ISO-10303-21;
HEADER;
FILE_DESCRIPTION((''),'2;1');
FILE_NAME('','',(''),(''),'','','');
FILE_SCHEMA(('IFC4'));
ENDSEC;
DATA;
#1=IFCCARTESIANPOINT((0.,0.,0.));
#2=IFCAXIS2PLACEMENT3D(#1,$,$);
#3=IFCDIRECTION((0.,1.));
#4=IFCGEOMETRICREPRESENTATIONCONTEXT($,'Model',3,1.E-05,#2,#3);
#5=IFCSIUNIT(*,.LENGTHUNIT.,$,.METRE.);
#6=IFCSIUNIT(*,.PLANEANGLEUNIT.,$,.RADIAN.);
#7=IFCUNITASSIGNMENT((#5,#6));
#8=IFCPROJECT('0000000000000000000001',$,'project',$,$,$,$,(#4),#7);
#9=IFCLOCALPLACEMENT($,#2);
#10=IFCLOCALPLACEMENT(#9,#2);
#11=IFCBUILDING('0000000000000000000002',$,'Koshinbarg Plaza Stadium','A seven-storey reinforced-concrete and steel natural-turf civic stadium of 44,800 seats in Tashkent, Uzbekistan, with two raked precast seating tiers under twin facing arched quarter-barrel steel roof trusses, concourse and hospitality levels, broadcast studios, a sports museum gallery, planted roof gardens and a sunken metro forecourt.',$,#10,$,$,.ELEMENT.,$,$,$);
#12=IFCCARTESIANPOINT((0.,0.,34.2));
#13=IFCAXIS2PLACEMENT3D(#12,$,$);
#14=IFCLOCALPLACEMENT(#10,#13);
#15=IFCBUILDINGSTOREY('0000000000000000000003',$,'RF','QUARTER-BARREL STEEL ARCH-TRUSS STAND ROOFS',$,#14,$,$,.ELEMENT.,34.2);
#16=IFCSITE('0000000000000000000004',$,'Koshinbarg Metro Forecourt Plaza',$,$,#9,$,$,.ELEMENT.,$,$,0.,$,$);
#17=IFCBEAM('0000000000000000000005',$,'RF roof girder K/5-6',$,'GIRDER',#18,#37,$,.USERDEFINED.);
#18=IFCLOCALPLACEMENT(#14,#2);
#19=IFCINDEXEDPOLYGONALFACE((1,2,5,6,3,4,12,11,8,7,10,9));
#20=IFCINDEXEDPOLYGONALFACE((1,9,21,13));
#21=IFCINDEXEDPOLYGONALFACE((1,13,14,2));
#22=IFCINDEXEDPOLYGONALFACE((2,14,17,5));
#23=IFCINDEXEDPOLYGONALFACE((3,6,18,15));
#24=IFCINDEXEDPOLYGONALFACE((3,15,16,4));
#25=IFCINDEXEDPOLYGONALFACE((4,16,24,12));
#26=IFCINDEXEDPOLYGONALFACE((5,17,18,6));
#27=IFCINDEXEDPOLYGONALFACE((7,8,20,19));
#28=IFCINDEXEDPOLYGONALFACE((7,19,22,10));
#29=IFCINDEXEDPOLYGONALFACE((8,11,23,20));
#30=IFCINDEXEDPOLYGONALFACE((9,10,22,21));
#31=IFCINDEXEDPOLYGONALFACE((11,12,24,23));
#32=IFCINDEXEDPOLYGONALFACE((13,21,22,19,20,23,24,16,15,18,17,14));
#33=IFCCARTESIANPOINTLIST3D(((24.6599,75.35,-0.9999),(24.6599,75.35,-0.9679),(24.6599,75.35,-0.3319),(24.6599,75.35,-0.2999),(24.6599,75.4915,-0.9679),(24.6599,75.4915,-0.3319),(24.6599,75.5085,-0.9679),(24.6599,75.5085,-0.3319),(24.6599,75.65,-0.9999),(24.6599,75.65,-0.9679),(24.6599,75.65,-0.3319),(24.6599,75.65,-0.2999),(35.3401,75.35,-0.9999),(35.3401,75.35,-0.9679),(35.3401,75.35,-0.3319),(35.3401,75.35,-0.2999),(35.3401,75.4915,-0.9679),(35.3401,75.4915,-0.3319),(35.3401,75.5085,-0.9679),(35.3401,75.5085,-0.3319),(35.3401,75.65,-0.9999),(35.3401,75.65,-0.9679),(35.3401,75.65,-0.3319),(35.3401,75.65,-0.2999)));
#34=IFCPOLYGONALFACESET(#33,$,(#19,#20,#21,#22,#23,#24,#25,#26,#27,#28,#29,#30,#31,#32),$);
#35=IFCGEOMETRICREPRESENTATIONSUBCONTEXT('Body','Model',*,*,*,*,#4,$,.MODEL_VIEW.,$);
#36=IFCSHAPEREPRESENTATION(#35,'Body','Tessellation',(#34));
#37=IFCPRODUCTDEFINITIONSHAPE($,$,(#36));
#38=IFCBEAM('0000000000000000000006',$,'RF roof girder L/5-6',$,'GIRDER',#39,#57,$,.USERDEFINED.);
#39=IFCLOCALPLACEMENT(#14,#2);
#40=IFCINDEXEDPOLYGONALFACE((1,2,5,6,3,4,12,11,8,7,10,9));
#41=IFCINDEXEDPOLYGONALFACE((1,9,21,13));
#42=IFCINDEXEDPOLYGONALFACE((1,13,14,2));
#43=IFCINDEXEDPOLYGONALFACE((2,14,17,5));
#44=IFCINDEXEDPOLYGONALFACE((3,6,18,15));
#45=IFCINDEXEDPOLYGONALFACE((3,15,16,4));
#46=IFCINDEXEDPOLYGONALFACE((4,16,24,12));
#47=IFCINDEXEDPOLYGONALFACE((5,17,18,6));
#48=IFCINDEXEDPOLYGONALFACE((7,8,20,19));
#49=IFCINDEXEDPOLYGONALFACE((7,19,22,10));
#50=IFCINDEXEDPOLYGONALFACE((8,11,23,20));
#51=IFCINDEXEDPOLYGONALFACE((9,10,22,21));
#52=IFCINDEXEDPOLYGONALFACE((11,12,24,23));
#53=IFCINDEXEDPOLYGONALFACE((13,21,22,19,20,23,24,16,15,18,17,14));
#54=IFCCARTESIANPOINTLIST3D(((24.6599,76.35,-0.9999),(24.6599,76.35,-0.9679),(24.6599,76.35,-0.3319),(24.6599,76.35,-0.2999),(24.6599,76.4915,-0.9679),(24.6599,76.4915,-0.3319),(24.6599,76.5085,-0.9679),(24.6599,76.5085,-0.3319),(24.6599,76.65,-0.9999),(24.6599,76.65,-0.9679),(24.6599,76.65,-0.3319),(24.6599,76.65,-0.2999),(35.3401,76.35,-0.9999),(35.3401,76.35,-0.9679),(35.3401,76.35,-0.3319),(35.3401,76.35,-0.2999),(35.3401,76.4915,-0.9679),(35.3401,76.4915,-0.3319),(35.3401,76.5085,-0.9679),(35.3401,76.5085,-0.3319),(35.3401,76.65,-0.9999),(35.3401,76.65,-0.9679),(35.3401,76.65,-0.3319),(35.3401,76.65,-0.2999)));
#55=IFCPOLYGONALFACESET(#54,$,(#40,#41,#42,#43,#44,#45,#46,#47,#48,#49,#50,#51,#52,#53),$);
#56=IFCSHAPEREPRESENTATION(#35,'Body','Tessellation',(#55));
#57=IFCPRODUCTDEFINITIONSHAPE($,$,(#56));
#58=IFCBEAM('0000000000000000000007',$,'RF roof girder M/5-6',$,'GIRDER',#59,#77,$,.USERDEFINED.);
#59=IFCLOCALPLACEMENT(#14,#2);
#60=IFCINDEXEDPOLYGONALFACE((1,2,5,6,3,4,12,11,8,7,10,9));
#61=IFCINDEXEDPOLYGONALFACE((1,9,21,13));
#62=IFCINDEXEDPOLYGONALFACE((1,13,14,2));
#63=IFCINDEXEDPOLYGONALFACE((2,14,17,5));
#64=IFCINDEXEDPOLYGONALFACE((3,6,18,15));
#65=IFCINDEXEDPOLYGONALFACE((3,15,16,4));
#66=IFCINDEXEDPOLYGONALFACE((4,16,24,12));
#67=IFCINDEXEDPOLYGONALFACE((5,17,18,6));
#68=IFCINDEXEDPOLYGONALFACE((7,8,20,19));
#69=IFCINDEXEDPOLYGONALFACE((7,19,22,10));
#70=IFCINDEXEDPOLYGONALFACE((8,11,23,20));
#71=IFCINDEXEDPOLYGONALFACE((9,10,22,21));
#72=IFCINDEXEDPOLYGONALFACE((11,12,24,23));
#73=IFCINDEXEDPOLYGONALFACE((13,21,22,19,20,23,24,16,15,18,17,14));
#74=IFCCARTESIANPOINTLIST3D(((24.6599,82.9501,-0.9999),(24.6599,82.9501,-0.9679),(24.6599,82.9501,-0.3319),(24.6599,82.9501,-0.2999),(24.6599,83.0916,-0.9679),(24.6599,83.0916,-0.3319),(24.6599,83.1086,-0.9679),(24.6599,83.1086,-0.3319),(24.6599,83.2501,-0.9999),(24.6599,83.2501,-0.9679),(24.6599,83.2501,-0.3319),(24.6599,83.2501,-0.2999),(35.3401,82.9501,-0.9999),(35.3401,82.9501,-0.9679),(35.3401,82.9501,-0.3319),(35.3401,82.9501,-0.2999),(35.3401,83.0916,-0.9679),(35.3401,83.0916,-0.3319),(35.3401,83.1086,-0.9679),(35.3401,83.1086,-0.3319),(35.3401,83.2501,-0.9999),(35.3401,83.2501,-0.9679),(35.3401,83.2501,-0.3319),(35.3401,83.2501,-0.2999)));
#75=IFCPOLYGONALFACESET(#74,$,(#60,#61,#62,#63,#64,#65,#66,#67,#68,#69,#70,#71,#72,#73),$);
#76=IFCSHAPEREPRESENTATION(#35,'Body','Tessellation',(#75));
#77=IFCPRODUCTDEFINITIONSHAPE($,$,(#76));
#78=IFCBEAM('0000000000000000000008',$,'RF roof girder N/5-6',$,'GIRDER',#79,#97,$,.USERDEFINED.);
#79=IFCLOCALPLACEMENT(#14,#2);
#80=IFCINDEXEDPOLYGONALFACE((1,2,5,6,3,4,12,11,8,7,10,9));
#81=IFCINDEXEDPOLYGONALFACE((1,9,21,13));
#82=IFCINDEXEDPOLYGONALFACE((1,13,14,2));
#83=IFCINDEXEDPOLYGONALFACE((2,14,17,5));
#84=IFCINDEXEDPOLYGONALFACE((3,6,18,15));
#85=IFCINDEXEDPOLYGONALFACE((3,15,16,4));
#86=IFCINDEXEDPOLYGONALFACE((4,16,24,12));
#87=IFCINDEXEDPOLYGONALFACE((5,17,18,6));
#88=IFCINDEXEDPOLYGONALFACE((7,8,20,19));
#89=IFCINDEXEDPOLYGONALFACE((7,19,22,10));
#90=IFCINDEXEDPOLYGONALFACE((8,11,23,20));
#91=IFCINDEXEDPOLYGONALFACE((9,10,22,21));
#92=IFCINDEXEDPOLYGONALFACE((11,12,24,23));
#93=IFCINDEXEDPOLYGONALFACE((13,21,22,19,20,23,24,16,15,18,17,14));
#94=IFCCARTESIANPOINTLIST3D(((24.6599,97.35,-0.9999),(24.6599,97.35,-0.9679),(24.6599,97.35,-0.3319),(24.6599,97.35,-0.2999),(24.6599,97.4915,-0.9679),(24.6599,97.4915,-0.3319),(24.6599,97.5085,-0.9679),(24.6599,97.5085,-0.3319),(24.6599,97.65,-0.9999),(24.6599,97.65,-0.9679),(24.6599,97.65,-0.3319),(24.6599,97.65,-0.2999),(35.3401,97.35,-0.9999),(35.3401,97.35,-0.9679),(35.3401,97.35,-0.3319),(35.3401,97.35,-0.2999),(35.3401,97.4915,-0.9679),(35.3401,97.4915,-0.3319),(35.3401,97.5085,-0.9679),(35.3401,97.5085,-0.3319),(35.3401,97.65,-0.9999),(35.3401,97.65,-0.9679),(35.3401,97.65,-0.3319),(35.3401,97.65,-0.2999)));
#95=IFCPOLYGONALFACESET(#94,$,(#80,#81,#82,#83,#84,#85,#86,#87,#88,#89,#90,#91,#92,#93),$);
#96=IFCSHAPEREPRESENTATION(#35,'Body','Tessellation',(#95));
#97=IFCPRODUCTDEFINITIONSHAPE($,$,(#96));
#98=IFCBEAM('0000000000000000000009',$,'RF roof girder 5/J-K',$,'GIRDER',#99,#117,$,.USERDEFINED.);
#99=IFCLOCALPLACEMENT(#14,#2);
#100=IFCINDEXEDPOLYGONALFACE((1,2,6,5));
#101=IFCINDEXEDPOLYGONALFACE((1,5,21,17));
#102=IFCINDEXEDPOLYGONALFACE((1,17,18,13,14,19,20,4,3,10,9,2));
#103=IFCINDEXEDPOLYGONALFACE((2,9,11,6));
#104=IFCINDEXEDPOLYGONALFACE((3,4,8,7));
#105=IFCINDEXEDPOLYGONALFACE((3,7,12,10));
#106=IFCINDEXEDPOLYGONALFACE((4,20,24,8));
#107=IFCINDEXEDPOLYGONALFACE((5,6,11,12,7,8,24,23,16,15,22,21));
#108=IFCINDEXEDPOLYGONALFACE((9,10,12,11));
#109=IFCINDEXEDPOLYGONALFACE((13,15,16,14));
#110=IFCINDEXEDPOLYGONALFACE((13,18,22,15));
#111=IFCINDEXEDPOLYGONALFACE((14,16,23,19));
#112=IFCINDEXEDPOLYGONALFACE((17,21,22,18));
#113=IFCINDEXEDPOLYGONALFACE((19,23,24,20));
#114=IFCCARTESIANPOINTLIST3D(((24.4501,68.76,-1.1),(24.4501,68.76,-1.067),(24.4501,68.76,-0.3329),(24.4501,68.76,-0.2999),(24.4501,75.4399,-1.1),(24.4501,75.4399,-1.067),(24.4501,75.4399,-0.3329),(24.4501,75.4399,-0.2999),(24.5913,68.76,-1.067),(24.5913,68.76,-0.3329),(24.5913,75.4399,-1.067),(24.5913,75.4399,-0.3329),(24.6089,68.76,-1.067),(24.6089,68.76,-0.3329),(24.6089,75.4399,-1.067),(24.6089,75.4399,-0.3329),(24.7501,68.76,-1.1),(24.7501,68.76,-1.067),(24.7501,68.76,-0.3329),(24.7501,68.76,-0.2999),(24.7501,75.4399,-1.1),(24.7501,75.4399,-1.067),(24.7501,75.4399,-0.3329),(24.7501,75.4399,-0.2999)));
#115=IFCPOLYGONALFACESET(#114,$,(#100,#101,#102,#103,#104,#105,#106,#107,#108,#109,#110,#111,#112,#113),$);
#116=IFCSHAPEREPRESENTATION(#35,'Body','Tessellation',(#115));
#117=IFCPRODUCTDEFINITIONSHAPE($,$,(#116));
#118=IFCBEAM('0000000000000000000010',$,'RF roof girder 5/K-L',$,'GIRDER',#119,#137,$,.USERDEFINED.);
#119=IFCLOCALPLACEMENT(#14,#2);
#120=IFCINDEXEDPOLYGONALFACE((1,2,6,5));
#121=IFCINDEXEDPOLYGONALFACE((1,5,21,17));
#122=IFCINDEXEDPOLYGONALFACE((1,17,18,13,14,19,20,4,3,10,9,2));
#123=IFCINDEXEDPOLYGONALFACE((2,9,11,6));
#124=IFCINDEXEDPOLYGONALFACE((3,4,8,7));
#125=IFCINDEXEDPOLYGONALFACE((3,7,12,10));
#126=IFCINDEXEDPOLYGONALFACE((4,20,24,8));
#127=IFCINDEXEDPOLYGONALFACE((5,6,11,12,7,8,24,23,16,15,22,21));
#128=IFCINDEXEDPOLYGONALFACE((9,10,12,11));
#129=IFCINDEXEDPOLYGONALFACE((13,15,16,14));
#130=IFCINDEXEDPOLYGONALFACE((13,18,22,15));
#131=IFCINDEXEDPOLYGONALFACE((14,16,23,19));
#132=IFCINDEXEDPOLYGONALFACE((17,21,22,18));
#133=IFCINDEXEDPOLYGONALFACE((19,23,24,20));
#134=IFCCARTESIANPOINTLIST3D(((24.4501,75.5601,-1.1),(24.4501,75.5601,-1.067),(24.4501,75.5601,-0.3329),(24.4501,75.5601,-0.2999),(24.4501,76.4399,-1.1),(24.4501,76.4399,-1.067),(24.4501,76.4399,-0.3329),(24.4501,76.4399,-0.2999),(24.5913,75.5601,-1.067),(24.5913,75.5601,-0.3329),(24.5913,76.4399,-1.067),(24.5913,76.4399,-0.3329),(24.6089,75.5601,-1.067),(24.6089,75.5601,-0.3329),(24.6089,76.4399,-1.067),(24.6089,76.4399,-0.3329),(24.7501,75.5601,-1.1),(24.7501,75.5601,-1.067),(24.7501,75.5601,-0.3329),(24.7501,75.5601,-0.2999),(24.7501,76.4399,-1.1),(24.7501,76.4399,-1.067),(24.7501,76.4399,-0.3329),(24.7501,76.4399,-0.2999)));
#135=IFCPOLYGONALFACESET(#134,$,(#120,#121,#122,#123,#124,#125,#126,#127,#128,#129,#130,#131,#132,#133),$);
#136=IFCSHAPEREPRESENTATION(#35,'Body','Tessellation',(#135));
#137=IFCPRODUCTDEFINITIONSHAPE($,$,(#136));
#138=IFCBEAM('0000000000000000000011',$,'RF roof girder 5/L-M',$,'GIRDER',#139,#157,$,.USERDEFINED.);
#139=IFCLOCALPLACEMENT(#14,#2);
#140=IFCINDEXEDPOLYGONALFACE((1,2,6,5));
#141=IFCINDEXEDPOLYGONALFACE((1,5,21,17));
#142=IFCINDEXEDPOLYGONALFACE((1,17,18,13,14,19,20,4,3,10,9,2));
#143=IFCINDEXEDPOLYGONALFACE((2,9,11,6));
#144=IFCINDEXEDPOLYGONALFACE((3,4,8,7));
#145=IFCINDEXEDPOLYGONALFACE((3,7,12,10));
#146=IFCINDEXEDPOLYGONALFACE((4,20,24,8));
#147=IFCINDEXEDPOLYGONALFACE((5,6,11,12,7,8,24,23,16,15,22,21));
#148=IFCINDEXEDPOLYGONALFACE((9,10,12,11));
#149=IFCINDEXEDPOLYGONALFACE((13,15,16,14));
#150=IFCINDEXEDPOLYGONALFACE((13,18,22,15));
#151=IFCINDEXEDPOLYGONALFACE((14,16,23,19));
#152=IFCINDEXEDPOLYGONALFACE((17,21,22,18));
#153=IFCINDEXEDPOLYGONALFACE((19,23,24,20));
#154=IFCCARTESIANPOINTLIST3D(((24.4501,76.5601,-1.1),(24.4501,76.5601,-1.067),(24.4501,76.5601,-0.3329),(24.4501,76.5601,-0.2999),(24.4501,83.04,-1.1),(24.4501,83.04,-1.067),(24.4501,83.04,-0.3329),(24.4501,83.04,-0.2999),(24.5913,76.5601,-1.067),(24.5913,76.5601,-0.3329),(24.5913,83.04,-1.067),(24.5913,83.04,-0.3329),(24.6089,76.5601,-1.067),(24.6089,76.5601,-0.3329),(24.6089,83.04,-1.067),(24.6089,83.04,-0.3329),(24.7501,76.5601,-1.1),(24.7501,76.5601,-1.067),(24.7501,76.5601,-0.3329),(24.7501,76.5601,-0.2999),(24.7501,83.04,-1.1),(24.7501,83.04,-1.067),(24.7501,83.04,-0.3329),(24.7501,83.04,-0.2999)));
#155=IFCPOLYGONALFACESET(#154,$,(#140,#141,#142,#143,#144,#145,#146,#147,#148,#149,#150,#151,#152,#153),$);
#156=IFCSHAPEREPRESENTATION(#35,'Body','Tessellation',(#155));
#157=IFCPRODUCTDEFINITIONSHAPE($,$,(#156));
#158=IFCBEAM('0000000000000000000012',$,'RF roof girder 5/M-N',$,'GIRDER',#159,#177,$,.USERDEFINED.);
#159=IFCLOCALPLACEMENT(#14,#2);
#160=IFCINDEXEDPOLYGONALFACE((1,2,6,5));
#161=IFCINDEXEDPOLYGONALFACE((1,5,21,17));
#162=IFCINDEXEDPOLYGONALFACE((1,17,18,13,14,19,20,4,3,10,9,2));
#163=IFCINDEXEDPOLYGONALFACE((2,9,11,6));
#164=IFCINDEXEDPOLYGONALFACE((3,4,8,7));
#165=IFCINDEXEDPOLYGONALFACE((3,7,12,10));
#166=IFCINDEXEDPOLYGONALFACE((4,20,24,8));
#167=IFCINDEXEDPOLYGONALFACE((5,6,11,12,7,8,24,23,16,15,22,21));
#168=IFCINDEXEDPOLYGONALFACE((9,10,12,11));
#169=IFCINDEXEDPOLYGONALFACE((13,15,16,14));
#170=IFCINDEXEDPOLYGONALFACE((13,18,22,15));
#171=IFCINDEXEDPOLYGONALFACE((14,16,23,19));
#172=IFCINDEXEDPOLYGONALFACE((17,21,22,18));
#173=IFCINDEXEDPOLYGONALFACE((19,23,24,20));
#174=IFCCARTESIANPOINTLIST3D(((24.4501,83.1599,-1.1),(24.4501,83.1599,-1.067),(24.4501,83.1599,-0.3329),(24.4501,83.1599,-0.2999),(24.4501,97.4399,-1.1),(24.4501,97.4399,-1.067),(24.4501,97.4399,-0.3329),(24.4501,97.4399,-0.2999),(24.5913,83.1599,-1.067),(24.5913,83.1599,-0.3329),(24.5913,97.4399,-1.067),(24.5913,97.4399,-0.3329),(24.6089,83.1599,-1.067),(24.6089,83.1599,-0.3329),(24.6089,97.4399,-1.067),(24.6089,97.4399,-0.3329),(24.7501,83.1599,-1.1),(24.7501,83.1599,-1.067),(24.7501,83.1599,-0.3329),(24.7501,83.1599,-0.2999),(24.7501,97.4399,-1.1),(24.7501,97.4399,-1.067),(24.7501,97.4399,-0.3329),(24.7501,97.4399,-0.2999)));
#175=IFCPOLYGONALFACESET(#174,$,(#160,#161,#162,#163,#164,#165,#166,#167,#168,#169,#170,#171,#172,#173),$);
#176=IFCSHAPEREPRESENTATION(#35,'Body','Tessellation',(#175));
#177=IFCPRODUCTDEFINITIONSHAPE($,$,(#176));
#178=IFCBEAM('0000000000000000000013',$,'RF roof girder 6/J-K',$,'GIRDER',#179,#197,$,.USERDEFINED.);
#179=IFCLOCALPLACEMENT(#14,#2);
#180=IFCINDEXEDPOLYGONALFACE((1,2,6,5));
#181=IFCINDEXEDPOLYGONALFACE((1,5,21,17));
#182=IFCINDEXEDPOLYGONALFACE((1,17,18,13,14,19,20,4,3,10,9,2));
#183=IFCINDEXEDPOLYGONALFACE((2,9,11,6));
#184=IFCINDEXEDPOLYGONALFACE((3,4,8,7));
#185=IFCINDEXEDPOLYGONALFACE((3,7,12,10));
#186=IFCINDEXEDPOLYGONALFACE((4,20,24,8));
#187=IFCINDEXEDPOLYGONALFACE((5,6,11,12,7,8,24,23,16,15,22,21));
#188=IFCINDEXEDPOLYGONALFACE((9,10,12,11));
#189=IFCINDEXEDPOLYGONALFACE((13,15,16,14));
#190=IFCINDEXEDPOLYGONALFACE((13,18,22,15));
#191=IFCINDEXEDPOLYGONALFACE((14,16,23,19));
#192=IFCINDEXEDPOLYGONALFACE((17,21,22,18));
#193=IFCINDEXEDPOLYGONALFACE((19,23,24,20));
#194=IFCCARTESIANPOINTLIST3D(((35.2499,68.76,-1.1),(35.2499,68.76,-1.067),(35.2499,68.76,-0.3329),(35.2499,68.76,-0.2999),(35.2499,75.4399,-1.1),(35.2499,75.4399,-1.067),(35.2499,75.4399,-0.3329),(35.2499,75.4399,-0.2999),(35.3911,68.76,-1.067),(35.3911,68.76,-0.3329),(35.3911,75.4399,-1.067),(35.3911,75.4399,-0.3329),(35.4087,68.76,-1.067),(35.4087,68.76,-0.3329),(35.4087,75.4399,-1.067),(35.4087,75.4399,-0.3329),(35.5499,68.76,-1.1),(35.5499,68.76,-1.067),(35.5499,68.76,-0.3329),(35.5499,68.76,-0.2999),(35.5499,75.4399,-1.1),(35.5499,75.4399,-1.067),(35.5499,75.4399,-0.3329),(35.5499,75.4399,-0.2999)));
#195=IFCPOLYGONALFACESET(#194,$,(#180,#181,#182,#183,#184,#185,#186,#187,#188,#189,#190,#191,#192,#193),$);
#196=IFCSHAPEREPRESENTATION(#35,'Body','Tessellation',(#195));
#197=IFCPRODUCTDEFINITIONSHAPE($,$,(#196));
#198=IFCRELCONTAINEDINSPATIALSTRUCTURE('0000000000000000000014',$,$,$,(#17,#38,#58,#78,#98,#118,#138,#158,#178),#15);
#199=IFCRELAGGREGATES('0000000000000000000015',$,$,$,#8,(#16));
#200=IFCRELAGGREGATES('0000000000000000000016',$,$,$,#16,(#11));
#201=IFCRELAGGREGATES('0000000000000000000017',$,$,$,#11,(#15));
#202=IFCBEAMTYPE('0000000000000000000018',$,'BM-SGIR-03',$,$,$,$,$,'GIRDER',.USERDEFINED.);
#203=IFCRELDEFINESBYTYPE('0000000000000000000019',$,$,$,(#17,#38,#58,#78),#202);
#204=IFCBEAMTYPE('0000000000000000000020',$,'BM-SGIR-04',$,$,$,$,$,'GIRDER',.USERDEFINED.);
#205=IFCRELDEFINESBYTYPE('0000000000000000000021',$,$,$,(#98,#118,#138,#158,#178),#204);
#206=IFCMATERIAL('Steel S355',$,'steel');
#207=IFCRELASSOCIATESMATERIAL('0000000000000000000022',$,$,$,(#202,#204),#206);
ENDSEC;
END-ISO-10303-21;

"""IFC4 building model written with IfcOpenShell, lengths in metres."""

from ifc_helpers import new_model, si_unit, direction, frame, origin, origin_2d, place, context, subcontext, project, spatial, i_section, extrude, material, material_profile, profile_set, type_object, element, save


model = new_model("IFC4")

# Units and contexts
model_context = context("Model", 3, precision=1e-05, world=origin(), true_north=direction((0.0, 1.0)))
body_context = subcontext(model_context, "Body", "Model", "MODEL_VIEW")
ifc_project = project(units=[si_unit("LENGTHUNIT", "METRE"), si_unit("PLANEANGLEUNIT", "RADIAN")], contexts=[model_context])

# Site, building, storey
site_placement = place(None, origin())
site = spatial("IfcSite", under=ifc_project, at=site_placement, Name="Koshinbarg Metro Forecourt Plaza", CompositionType="ELEMENT", RefElevation=0.0)
building_placement = place(site_placement, origin())
building = spatial("IfcBuilding", under=site, at=building_placement, Name="Koshinbarg Plaza Stadium", Description="A seven-storey reinforced-concrete and steel natural-turf civic stadium of 44,800 seats in Tashkent, Uzbekistan, with two raked precast seating tiers under twin facing arched quarter-barrel steel roof trusses, concourse and hospitality levels, broadcast studios, a sports museum gallery, planted roof gardens and a sunken metro forecourt.", CompositionType="ELEMENT")
storey_placement = place(building_placement, frame((0.0, 0.0, 34.2)))
storey = spatial("IfcBuildingStorey", under=building, at=storey_placement, Name="RF", Description="QUARTER-BARREL STEEL ARCH-TRUSS STAND ROOFS", CompositionType="ELEMENT", Elevation=34.2)

# Beams
ifc_material_1 = material(Name="Steel S355", Category="steel")
ifc_material_profile_1 = material_profile(ifc_material_1, i_section(OverallWidth=0.3, OverallDepth=0.7, WebThickness=0.0171, FlangeThickness=0.032, at=origin_2d()), Name="HEB 700")
ifc_profile_set_1 = profile_set([ifc_material_profile_1], Name="Steel S355")
beam_type_1 = type_object("IfcBeamType", Name="BM-SGIR-03", ElementType="GIRDER", PredefinedType="USERDEFINED", material=ifc_profile_set_1)
for number, where, z_axis, x_axis, name in (
    (1, (24.6599, 75.5, -0.6499), (1.0, 0.0, 0.0), (0.0, 1.0, 0.0), "RF roof girder K/5-6"),
    (2, (24.6599, 76.5, -0.6499), (1.0, 0.0, 0.0), (0.0, 1.0, 0.0), "RF roof girder L/5-6"),
    (3, (24.6599, 83.1001, -0.6499), (1.0, 0.0, 0.0), (0.0, 1.0, 0.0), "RF roof girder M/5-6"),
    (4, (24.6599, 97.5, -0.6499), (1.0, 0.0, 0.0), (0.0, 1.0, 0.0), "RF roof girder N/5-6"),
):
    element("IfcBeam", number, at=place(storey_placement, frame(where, z_axis=z_axis, x_axis=x_axis)), inside=storey, type_object=beam_type_1, Name=name, ObjectType="GIRDER", PredefinedType="USERDEFINED", context=body_context, shape_type="SweptSolid", body=[
        extrude(i_section(OverallWidth=0.3, OverallDepth=0.7, WebThickness=0.0171, FlangeThickness=0.032, at=origin_2d()), origin(), (0.0, 0.0, 1.0), 10.6802),
    ])
ifc_material_profile_2 = material_profile(ifc_material_1, i_section(OverallWidth=0.3, OverallDepth=0.8, WebThickness=0.0176, FlangeThickness=0.033, at=origin_2d()), Name="HEB 800")
ifc_profile_set_2 = profile_set([ifc_material_profile_2], Name="Steel S355")
beam_type_2 = type_object("IfcBeamType", Name="BM-SGIR-04", ElementType="GIRDER", PredefinedType="USERDEFINED", material=ifc_profile_set_2)
beam_1_placement = place(storey_placement, frame((24.6001, 68.76, -0.7), z_axis=(0.0, 1.0, 0.0), x_axis=(-1.0, 0.0, 0.0)))
element("IfcBeam", 5, at=beam_1_placement, inside=storey, type_object=beam_type_2, Name="RF roof girder 5/J-K", ObjectType="GIRDER", PredefinedType="USERDEFINED", context=body_context, shape_type="SweptSolid", body=[
    extrude(i_section(OverallWidth=0.3, OverallDepth=0.8, WebThickness=0.0176, FlangeThickness=0.033, at=origin_2d()), origin(), (0.0, 0.0, 1.0), 6.6799),
])
beam_2_placement = place(storey_placement, frame((24.6001, 75.5601, -0.7), z_axis=(0.0, 1.0, 0.0), x_axis=(-1.0, 0.0, 0.0)))
element("IfcBeam", 6, at=beam_2_placement, inside=storey, type_object=beam_type_2, Name="RF roof girder 5/K-L", ObjectType="GIRDER", PredefinedType="USERDEFINED", context=body_context, shape_type="SweptSolid", body=[
    extrude(i_section(OverallWidth=0.3, OverallDepth=0.8, WebThickness=0.0176, FlangeThickness=0.033, at=origin_2d()), origin(), (0.0, 0.0, 1.0), 0.8799),
])
beam_3_placement = place(storey_placement, frame((24.6001, 76.5601, -0.7), z_axis=(0.0, 1.0, 0.0), x_axis=(-1.0, 0.0, 0.0)))
element("IfcBeam", 7, at=beam_3_placement, inside=storey, type_object=beam_type_2, Name="RF roof girder 5/L-M", ObjectType="GIRDER", PredefinedType="USERDEFINED", context=body_context, shape_type="SweptSolid", body=[
    extrude(i_section(OverallWidth=0.3, OverallDepth=0.8, WebThickness=0.0176, FlangeThickness=0.033, at=origin_2d()), origin(), (0.0, 0.0, 1.0), 6.48),
])
beam_4_placement = place(storey_placement, frame((24.6001, 83.1599, -0.7), z_axis=(0.0, 1.0, 0.0), x_axis=(-1.0, 0.0, 0.0)))
element("IfcBeam", 8, at=beam_4_placement, inside=storey, type_object=beam_type_2, Name="RF roof girder 5/M-N", ObjectType="GIRDER", PredefinedType="USERDEFINED", context=body_context, shape_type="SweptSolid", body=[
    extrude(i_section(OverallWidth=0.3, OverallDepth=0.8, WebThickness=0.0176, FlangeThickness=0.033, at=origin_2d()), origin(), (0.0, 0.0, 1.0), 14.28),
])
beam_5_placement = place(storey_placement, frame((35.3999, 68.76, -0.7), z_axis=(0.0, 1.0, 0.0), x_axis=(-1.0, 0.0, 0.0)))
element("IfcBeam", 9, at=beam_5_placement, inside=storey, type_object=beam_type_2, Name="RF roof girder 6/J-K", ObjectType="GIRDER", PredefinedType="USERDEFINED", context=body_context, shape_type="SweptSolid", body=[
    extrude(i_section(OverallWidth=0.3, OverallDepth=0.8, WebThickness=0.0176, FlangeThickness=0.033, at=origin_2d()), origin(), (0.0, 0.0, 1.0), 6.6799),
])

save(model, "model.ifc")
